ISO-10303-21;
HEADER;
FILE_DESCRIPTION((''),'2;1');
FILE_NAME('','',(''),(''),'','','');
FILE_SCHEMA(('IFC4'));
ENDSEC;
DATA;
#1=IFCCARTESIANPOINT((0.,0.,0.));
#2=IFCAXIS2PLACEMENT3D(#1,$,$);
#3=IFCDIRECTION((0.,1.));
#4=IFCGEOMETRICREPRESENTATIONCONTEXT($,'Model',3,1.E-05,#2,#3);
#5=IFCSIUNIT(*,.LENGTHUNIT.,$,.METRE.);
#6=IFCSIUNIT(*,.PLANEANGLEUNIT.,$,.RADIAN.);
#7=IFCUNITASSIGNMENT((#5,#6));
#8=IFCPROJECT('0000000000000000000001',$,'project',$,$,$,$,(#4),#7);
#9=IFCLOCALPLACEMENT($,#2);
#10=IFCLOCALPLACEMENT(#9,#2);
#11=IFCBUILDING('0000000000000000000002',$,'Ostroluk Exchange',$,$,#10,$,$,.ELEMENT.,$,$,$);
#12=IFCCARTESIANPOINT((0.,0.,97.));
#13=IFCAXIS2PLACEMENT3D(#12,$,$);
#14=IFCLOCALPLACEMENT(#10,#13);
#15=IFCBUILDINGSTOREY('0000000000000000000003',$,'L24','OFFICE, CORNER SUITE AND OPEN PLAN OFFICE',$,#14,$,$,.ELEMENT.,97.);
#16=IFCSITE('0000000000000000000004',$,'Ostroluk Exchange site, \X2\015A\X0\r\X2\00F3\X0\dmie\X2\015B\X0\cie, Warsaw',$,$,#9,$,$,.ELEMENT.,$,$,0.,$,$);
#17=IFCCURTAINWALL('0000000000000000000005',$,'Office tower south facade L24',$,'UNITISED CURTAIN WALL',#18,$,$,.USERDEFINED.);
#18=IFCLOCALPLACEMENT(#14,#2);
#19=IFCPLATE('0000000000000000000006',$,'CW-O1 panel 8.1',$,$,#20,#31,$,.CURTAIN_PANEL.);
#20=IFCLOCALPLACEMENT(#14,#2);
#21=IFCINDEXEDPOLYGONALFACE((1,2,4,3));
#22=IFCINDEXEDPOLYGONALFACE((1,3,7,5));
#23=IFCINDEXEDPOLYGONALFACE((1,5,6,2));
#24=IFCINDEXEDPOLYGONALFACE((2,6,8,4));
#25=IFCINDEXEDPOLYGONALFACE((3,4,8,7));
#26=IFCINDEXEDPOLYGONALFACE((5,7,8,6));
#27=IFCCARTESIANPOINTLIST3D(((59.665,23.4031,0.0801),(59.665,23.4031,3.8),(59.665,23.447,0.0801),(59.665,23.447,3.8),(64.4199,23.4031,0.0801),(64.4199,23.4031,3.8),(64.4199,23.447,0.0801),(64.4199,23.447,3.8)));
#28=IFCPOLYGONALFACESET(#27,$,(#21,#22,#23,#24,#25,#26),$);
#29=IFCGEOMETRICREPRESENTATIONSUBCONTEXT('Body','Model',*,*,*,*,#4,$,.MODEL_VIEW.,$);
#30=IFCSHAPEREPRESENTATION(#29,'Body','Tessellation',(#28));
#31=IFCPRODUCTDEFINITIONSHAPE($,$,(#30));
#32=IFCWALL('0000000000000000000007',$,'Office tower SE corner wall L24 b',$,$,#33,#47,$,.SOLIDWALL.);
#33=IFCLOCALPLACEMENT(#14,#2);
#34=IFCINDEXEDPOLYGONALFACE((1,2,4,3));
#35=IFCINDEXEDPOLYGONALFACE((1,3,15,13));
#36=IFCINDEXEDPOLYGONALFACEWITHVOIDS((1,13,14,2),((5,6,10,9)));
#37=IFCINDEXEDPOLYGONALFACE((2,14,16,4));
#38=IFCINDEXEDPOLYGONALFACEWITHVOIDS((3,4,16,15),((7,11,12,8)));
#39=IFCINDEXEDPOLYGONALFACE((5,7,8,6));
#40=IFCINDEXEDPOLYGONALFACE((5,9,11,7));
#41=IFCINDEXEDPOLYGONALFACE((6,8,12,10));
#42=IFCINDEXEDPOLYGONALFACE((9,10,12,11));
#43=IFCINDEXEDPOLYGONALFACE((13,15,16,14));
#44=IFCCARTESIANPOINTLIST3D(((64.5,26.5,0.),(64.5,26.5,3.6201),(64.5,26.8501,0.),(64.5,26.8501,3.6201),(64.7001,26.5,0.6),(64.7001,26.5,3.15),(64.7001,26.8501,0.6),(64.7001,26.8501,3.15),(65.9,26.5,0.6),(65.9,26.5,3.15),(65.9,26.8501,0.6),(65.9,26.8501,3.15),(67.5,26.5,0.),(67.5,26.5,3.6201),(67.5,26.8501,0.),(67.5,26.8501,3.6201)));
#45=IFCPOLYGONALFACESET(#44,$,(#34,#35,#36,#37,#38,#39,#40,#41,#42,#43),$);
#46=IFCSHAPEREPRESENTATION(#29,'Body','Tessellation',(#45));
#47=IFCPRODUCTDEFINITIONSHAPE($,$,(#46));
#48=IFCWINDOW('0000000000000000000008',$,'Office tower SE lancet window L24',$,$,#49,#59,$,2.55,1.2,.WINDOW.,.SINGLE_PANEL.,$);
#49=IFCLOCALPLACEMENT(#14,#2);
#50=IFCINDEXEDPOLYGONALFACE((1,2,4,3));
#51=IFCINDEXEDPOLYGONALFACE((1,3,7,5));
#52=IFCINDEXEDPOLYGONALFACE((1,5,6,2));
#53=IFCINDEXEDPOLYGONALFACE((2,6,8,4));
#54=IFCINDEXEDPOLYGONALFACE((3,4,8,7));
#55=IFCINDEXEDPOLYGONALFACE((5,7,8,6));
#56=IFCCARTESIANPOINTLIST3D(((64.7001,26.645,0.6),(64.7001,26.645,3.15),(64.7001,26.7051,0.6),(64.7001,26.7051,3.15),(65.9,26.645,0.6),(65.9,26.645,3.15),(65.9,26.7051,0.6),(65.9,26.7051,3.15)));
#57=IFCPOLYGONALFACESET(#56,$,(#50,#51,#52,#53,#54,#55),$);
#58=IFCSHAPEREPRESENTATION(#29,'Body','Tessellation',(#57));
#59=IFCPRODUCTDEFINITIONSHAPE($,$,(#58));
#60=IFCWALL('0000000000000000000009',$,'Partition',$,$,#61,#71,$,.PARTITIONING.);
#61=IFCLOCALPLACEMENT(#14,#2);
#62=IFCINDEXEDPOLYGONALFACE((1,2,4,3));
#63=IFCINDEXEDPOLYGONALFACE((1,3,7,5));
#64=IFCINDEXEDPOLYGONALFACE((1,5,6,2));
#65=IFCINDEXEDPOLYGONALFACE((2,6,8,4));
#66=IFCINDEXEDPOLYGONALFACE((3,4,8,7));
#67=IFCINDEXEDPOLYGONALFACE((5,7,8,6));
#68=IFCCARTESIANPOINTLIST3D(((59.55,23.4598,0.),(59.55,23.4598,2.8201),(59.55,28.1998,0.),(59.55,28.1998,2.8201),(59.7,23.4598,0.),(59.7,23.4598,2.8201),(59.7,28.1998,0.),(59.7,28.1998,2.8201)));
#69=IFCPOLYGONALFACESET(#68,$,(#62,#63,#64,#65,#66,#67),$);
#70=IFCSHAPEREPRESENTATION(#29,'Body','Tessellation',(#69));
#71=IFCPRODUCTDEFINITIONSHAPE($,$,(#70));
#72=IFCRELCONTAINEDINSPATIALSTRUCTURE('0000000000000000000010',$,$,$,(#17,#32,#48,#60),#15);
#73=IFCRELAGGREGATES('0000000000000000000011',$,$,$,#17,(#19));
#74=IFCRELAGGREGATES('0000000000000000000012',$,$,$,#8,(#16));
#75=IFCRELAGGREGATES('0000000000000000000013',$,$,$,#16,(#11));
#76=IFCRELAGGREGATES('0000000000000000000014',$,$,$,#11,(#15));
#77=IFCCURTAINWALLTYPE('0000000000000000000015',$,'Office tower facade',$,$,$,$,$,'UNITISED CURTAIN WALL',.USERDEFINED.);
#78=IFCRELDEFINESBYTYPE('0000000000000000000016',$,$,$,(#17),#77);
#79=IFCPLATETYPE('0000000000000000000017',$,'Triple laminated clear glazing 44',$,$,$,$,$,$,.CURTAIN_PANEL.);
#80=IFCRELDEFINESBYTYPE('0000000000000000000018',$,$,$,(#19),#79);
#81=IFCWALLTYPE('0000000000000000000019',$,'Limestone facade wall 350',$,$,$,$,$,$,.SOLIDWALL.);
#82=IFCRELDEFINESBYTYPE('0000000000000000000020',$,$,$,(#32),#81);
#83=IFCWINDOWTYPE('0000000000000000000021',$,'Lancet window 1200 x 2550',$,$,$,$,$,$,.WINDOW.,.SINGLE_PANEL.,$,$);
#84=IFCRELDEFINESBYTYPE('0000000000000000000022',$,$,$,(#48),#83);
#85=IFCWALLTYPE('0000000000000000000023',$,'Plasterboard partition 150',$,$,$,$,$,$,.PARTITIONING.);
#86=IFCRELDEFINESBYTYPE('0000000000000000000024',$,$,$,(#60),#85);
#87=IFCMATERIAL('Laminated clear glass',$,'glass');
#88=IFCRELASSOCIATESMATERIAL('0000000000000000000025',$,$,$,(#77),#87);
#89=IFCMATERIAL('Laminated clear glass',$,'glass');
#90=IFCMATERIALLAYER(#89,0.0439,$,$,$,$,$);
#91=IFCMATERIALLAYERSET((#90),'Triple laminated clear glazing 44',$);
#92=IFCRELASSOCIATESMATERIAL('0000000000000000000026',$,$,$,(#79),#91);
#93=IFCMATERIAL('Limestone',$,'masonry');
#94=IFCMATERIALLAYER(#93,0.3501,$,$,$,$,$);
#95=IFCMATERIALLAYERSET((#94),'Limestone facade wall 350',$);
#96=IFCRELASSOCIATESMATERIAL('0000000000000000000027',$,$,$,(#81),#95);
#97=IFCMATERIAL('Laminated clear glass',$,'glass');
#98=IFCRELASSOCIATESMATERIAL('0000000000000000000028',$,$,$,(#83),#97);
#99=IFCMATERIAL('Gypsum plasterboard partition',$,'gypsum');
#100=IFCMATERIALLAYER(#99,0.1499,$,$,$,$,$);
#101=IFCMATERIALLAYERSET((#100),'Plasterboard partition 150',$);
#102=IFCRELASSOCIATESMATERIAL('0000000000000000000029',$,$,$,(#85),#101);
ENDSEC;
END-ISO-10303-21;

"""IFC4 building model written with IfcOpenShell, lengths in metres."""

from ifc_helpers import new_model, si_unit, direction, frame, frame_2d, origin, origin_2d, place, context, subcontext, project, spatial, rectangle, extrude, material, layer, layer_set, type_object, element, fill, aggregate, save


model = new_model("IFC4")

# Units and contexts
model_context = context("Model", 3, precision=1e-05, world=origin(), true_north=direction((0.0, 1.0)))
body_context = subcontext(model_context, "Body", "Model", "MODEL_VIEW")
ifc_project = project(units=[si_unit("LENGTHUNIT", "METRE"), si_unit("PLANEANGLEUNIT", "RADIAN")], contexts=[model_context])

# Site, building, storey
site_placement = place(None, origin())
site = spatial("IfcSite", under=ifc_project, at=site_placement, Name="Ostroluk Exchange site, Śródmieście, Warsaw", CompositionType="ELEMENT", RefElevation=0.0)
building_placement = place(site_placement, origin())
building = spatial("IfcBuilding", under=site, at=building_placement, Name="Ostroluk Exchange", CompositionType="ELEMENT")
storey_placement = place(building_placement, frame((0.0, 0.0, 97.0)))
storey = spatial("IfcBuildingStorey", under=building, at=storey_placement, Name="L24", Description="OFFICE, CORNER SUITE AND OPEN PLAN OFFICE", CompositionType="ELEMENT", Elevation=97.0)

# Curtain wall
ifc_material_1 = material(Name="Laminated clear glass", Category="glass")
curtain_wall_type = type_object("IfcCurtainWallType", Name="Office tower facade", ElementType="UNITISED CURTAIN WALL", PredefinedType="USERDEFINED", material=ifc_material_1)
curtain_wall_1_placement = place(storey_placement, origin())
curtain_wall_1 = element("IfcCurtainWall", 1, at=curtain_wall_1_placement, inside=storey, type_object=curtain_wall_type, Name="Office tower south facade L24", ObjectType="UNITISED CURTAIN WALL", PredefinedType="USERDEFINED")

# Plate
ifc_material_2 = material(Name="Laminated clear glass", Category="glass")
ifc_layer_1 = layer(ifc_material_2, 0.0439)
ifc_layer_set_1 = layer_set([ifc_layer_1], Name="Triple laminated clear glazing 44")
plate_type_1 = type_object("IfcPlateType", Name="Triple laminated clear glazing 44", PredefinedType="CURTAIN_PANEL", material=ifc_layer_set_1)
plate_1_placement = place(storey_placement, frame((62.0425, 23.425, 0.0801), z_axis=(0.0, 0.0, 1.0), x_axis=(1.0, 0.0, 0.0)))
plate_1 = element("IfcPlate", 2, at=plate_1_placement, type_object=plate_type_1, Name="CW-O1 panel 8.1", PredefinedType="CURTAIN_PANEL", context=body_context, shape_type="SweptSolid", body=[
    extrude(rectangle(XDim=4.7549, YDim=0.0439, at=origin_2d()), origin(), (0.0, 0.0, 1.0), 3.72),
])
aggregate(curtain_wall_1, [plate_1])

# Shared definitions
ifc_material_3 = material(Name="Limestone", Category="masonry")
ifc_layer_2 = layer(ifc_material_3, 0.3501)
ifc_layer_set_2 = layer_set([ifc_layer_2], Name="Limestone facade wall 350")
wall_type_1 = type_object("IfcWallType", Name="Limestone facade wall 350", PredefinedType="SOLIDWALL", material=ifc_layer_set_2)

# Wall, opening, window
wall_1_placement = place(storey_placement, frame((64.5, 26.675, 0.0), z_axis=(0.0, 0.0, 1.0), x_axis=(1.0, 0.0, 0.0)))
wall_1 = element("IfcWall", 3, at=wall_1_placement, inside=storey, type_object=wall_type_1, Name="Office tower SE corner wall L24 b", PredefinedType="SOLIDWALL", context=body_context, shape_type="SweptSolid", body=[
    extrude(rectangle(XDim=3.0, YDim=0.3501, at=frame_2d((1.5, 0.0))), origin(), (0.0, 0.0, 1.0), 3.6201),
])
opening_1_placement = place(wall_1_placement, frame((0.2, 0.0, 0.6001)))
opening_1 = element("IfcOpeningElement", 4, at=opening_1_placement, cuts=wall_1, PredefinedType="OPENING", context=body_context, shape_type="SweptSolid", body=[
    extrude(rectangle(XDim=1.2, YDim=2.55, at=frame_2d((0.6001, 1.2749))), frame((0.0, 0.1851, 0.0), z_axis=(0.0, -1.0, 0.0), x_axis=(1.0, 0.0, 0.0)), (0.0, 0.0, 1.0), 0.3701),
])
ifc_material_4 = material(Name="Laminated clear glass", Category="glass")
window_type = type_object("IfcWindowType", Name="Lancet window 1200 x 2550", PartitioningType="SINGLE_PANEL", PredefinedType="WINDOW", material=ifc_material_4)
window_placement = place(opening_1_placement, origin())
window = element("IfcWindow", 5, at=window_placement, inside=storey, type_object=window_type, Name="Office tower SE lancet window L24", OverallHeight=2.55, OverallWidth=1.2, PartitioningType="SINGLE_PANEL", PredefinedType="WINDOW", context=body_context, shape_type="SweptSolid", body=[
    extrude(rectangle(XDim=1.2, YDim=2.55, at=frame_2d((0.6001, 1.2749))), frame((0.0, 0.03, 0.0), z_axis=(0.0, -1.0, 0.0), x_axis=(1.0, 0.0, 0.0)), (0.0, 0.0, 1.0), 0.0601),
])
fill(opening_1, window)

# Wall
ifc_material_5 = material(Name="Gypsum plasterboard partition", Category="gypsum")
ifc_layer_3 = layer(ifc_material_5, 0.1499)
ifc_layer_set_3 = layer_set([ifc_layer_3], Name="Plasterboard partition 150")
wall_type_2 = type_object("IfcWallType", Name="Plasterboard partition 150", PredefinedType="PARTITIONING", material=ifc_layer_set_3)
wall_2_placement = place(storey_placement, frame((59.625, 28.2, 0.0), z_axis=(0.0, 0.0, 1.0), x_axis=(0.0, -1.0, 0.0)))
element("IfcWall", 6, at=wall_2_placement, inside=storey, type_object=wall_type_2, Name="Partition", PredefinedType="PARTITIONING", context=body_context, shape_type="SweptSolid", body=[
    extrude(rectangle(XDim=4.74, YDim=0.1499, at=frame_2d((2.3701, 0.0))), origin(), (0.0, 0.0, 1.0), 2.8201),
])

save(model, "model.ifc")
